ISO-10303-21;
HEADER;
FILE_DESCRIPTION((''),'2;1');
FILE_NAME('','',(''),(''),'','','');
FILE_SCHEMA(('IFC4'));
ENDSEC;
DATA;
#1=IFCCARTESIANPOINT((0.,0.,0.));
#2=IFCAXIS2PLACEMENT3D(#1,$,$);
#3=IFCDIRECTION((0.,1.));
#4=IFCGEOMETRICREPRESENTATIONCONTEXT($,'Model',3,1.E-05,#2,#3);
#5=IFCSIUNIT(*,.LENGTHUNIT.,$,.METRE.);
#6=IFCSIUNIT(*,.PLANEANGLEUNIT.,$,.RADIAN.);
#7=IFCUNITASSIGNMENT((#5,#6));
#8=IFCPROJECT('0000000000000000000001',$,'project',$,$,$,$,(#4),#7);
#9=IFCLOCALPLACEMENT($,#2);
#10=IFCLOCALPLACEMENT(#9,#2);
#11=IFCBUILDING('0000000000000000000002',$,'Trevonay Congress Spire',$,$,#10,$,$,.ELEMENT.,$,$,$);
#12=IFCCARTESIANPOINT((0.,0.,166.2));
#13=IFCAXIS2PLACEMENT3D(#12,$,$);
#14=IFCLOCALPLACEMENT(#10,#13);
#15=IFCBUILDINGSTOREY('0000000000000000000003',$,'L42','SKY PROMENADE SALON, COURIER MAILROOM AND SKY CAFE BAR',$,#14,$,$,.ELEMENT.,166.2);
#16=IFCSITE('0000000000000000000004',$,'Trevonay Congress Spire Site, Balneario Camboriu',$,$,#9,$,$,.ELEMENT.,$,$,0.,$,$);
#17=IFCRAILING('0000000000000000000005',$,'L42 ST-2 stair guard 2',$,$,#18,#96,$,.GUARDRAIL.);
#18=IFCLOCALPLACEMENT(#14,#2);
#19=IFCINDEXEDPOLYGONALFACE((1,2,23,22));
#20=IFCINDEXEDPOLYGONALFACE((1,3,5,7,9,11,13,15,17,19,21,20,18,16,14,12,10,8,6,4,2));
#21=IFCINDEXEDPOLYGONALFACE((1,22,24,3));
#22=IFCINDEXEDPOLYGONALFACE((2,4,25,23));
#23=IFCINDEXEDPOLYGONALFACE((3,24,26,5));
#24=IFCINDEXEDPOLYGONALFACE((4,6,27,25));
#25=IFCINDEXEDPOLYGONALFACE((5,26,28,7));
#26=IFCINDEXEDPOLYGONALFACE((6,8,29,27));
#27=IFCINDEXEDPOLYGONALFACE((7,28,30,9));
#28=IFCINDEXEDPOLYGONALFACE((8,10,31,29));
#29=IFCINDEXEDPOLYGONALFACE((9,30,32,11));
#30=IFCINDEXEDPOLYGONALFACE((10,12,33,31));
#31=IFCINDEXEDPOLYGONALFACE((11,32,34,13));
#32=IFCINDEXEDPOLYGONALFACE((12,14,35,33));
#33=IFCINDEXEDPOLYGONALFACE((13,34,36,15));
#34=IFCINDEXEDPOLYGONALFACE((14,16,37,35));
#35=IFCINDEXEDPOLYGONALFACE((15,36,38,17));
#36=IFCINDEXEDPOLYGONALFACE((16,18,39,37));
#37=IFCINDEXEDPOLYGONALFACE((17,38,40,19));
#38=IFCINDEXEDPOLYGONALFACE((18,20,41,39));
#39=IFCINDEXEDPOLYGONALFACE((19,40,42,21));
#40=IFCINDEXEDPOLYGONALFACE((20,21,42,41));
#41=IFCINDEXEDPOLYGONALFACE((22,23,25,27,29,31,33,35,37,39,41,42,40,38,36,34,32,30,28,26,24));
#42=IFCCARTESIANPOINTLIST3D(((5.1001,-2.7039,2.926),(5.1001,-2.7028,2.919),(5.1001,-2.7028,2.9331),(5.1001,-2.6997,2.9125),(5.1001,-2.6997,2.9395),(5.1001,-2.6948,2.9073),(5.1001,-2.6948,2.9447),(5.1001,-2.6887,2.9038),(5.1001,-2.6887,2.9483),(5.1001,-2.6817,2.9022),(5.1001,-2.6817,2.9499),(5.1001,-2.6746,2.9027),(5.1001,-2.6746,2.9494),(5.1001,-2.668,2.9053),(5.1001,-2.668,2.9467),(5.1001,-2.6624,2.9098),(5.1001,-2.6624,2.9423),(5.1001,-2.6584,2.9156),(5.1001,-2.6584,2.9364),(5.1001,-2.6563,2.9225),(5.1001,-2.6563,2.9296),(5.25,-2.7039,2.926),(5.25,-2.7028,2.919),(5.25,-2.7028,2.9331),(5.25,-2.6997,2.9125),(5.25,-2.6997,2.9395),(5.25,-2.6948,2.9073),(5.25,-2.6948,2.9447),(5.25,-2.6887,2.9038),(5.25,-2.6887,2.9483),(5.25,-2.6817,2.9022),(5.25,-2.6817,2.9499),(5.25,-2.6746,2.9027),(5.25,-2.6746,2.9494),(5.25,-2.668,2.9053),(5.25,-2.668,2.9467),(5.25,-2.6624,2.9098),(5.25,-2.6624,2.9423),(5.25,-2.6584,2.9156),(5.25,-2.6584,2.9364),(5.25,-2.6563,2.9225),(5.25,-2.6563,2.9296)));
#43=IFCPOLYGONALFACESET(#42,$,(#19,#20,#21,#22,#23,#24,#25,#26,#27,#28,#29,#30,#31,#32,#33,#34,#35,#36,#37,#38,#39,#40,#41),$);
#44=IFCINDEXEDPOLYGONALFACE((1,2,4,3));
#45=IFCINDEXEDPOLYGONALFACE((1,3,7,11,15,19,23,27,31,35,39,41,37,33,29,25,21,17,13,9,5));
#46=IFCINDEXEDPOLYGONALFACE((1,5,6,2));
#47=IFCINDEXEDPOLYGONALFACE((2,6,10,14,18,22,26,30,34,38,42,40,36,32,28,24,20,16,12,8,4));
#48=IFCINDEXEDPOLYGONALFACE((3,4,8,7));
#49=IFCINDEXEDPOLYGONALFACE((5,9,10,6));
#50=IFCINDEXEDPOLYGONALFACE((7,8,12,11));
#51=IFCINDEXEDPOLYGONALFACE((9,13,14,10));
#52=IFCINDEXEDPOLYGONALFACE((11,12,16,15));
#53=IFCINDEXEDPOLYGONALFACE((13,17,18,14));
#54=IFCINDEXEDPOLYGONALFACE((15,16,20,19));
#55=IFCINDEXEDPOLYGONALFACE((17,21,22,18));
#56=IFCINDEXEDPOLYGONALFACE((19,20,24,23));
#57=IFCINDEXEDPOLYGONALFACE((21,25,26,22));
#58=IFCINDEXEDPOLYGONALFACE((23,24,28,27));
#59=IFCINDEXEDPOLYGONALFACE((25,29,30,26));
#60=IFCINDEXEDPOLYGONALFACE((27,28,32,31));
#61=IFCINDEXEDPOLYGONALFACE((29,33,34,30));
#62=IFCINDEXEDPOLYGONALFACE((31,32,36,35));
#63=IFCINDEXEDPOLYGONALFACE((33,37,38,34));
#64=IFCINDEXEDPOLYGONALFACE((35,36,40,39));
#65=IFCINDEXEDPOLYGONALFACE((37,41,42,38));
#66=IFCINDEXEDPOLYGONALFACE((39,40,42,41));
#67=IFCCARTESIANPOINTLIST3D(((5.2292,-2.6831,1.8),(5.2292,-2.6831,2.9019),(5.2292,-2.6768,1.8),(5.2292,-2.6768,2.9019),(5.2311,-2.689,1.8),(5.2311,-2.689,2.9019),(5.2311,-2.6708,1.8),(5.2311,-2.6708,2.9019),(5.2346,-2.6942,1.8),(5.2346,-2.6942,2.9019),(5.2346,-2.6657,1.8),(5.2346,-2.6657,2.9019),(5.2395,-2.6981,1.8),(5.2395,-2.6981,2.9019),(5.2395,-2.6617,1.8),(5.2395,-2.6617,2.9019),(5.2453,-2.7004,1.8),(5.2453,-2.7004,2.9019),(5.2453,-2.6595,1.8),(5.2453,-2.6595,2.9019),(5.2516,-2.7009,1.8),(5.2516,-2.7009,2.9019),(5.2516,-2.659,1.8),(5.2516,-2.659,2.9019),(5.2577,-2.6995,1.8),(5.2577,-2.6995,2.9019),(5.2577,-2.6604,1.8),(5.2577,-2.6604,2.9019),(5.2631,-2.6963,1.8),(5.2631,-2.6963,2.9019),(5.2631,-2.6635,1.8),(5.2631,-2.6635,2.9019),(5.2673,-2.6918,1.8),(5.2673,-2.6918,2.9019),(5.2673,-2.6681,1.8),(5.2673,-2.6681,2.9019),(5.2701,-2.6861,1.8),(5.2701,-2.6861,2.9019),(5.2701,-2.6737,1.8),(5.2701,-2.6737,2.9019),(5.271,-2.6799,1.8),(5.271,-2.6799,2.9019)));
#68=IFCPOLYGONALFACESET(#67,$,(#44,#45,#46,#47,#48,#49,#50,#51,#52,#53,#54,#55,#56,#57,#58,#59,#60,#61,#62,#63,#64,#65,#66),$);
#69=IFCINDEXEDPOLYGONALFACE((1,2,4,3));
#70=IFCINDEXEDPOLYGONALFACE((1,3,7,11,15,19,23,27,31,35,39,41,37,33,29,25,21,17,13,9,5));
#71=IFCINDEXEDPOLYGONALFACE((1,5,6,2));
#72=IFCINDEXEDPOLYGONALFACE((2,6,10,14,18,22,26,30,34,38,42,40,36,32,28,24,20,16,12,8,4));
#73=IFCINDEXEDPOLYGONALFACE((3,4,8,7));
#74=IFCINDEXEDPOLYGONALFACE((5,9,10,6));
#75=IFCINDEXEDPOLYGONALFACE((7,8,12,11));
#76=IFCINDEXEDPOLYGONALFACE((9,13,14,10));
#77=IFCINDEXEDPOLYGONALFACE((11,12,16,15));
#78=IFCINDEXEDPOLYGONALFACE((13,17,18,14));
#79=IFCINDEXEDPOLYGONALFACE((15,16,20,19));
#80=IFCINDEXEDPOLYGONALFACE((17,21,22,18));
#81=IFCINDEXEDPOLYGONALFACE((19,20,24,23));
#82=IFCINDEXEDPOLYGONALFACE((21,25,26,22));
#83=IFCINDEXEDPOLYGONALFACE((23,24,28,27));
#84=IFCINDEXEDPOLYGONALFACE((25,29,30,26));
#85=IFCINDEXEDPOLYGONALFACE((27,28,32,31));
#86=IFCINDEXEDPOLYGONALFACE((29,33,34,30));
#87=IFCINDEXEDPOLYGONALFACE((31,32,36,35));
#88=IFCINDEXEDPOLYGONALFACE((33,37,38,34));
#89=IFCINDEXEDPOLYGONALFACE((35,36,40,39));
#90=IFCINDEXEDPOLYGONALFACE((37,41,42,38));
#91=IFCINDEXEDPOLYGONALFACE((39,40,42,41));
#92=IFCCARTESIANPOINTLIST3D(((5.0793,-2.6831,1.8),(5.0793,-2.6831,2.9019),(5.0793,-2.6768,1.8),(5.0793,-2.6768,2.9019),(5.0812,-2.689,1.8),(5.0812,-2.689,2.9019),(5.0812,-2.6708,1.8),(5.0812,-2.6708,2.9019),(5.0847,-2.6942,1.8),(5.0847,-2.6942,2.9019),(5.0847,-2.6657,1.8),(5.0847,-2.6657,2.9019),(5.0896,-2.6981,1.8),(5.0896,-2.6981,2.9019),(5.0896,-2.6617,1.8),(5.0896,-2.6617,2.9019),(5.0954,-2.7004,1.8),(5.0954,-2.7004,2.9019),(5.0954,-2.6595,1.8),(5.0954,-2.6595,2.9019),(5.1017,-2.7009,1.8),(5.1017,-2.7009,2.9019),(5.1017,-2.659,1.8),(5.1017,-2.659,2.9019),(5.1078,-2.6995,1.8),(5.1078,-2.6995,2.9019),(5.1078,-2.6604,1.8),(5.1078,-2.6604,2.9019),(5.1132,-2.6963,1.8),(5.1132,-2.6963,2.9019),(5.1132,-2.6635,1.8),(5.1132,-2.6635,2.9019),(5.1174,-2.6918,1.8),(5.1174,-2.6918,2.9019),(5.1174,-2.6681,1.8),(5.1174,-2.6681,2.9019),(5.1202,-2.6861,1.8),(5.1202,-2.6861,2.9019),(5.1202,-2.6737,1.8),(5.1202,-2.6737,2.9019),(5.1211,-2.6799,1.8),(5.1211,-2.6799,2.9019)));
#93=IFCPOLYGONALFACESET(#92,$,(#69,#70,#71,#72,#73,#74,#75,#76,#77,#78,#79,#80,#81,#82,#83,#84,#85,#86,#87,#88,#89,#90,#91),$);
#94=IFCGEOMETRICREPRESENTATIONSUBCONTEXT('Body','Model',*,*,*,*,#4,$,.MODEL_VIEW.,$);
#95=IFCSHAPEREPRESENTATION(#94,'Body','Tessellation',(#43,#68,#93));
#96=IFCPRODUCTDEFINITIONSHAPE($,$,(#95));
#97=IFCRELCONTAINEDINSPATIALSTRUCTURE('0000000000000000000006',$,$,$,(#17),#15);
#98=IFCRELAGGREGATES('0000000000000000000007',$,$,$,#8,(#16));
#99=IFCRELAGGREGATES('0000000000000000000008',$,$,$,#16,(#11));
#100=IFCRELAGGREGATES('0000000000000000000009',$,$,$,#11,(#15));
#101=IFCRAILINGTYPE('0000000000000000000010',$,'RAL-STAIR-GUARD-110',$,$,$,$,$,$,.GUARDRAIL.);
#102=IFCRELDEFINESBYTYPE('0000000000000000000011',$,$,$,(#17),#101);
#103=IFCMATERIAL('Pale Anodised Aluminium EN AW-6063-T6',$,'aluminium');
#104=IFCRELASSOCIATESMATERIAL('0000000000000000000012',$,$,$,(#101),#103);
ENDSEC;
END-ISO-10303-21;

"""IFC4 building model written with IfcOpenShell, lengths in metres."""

from ifc_helpers import new_model, si_unit, direction, frame, origin, origin_2d, place, context, subcontext, project, spatial, circle, extrude, material, type_object, element, save


model = new_model("IFC4")

# Units and contexts
model_context = context("Model", 3, precision=1e-05, world=origin(), true_north=direction((0.0, 1.0)))
body_context = subcontext(model_context, "Body", "Model", "MODEL_VIEW")
ifc_project = project(units=[si_unit("LENGTHUNIT", "METRE"), si_unit("PLANEANGLEUNIT", "RADIAN")], contexts=[model_context])

# Site, building, storey
site_placement = place(None, origin())
site = spatial("IfcSite", under=ifc_project, at=site_placement, Name="Trevonay Congress Spire Site, Balneario Camboriu", CompositionType="ELEMENT", RefElevation=0.0)
building_placement = place(site_placement, origin())
building = spatial("IfcBuilding", under=site, at=building_placement, Name="Trevonay Congress Spire", CompositionType="ELEMENT")
storey_placement = place(building_placement, frame((0.0, 0.0, 166.2)))
storey = spatial("IfcBuildingStorey", under=building, at=storey_placement, Name="L42", Description="SKY PROMENADE SALON, COURIER MAILROOM AND SKY CAFE BAR", CompositionType="ELEMENT", Elevation=166.2)

# Shared definitions
ifc_material_1 = material(Name="Pale Anodised Aluminium EN AW-6063-T6", Category="aluminium")

# Railing
railing_type_1 = type_object("IfcRailingType", Name="RAL-STAIR-GUARD-110", PredefinedType="GUARDRAIL", material=ifc_material_1)
railing_1_placement = place(storey_placement, frame((5.25, -2.6799, 1.8)))
element("IfcRailing", 1, at=railing_1_placement, inside=storey, type_object=railing_type_1, Name="L42 ST-2 stair guard 2", PredefinedType="GUARDRAIL", context=body_context, shape_type="SweptSolid", body=[
    extrude(circle(Radius=0.0239, at=origin_2d()), frame((0.0, 0.0, 1.126), z_axis=(-1.0, 0.0, 0.0), x_axis=(0.0, -1.0, 0.0)), (0.0, 0.0, 1.0), 0.1499),
    extrude(circle(Radius=0.021, at=origin_2d()), origin(), (0.0, 0.0, 1.0), 1.1018),
    extrude(circle(Radius=0.021, at=origin_2d()), frame((-0.1499, 0.0, 0.0)), (0.0, 0.0, 1.0), 1.1018),
])

save(model, "model.ifc")
